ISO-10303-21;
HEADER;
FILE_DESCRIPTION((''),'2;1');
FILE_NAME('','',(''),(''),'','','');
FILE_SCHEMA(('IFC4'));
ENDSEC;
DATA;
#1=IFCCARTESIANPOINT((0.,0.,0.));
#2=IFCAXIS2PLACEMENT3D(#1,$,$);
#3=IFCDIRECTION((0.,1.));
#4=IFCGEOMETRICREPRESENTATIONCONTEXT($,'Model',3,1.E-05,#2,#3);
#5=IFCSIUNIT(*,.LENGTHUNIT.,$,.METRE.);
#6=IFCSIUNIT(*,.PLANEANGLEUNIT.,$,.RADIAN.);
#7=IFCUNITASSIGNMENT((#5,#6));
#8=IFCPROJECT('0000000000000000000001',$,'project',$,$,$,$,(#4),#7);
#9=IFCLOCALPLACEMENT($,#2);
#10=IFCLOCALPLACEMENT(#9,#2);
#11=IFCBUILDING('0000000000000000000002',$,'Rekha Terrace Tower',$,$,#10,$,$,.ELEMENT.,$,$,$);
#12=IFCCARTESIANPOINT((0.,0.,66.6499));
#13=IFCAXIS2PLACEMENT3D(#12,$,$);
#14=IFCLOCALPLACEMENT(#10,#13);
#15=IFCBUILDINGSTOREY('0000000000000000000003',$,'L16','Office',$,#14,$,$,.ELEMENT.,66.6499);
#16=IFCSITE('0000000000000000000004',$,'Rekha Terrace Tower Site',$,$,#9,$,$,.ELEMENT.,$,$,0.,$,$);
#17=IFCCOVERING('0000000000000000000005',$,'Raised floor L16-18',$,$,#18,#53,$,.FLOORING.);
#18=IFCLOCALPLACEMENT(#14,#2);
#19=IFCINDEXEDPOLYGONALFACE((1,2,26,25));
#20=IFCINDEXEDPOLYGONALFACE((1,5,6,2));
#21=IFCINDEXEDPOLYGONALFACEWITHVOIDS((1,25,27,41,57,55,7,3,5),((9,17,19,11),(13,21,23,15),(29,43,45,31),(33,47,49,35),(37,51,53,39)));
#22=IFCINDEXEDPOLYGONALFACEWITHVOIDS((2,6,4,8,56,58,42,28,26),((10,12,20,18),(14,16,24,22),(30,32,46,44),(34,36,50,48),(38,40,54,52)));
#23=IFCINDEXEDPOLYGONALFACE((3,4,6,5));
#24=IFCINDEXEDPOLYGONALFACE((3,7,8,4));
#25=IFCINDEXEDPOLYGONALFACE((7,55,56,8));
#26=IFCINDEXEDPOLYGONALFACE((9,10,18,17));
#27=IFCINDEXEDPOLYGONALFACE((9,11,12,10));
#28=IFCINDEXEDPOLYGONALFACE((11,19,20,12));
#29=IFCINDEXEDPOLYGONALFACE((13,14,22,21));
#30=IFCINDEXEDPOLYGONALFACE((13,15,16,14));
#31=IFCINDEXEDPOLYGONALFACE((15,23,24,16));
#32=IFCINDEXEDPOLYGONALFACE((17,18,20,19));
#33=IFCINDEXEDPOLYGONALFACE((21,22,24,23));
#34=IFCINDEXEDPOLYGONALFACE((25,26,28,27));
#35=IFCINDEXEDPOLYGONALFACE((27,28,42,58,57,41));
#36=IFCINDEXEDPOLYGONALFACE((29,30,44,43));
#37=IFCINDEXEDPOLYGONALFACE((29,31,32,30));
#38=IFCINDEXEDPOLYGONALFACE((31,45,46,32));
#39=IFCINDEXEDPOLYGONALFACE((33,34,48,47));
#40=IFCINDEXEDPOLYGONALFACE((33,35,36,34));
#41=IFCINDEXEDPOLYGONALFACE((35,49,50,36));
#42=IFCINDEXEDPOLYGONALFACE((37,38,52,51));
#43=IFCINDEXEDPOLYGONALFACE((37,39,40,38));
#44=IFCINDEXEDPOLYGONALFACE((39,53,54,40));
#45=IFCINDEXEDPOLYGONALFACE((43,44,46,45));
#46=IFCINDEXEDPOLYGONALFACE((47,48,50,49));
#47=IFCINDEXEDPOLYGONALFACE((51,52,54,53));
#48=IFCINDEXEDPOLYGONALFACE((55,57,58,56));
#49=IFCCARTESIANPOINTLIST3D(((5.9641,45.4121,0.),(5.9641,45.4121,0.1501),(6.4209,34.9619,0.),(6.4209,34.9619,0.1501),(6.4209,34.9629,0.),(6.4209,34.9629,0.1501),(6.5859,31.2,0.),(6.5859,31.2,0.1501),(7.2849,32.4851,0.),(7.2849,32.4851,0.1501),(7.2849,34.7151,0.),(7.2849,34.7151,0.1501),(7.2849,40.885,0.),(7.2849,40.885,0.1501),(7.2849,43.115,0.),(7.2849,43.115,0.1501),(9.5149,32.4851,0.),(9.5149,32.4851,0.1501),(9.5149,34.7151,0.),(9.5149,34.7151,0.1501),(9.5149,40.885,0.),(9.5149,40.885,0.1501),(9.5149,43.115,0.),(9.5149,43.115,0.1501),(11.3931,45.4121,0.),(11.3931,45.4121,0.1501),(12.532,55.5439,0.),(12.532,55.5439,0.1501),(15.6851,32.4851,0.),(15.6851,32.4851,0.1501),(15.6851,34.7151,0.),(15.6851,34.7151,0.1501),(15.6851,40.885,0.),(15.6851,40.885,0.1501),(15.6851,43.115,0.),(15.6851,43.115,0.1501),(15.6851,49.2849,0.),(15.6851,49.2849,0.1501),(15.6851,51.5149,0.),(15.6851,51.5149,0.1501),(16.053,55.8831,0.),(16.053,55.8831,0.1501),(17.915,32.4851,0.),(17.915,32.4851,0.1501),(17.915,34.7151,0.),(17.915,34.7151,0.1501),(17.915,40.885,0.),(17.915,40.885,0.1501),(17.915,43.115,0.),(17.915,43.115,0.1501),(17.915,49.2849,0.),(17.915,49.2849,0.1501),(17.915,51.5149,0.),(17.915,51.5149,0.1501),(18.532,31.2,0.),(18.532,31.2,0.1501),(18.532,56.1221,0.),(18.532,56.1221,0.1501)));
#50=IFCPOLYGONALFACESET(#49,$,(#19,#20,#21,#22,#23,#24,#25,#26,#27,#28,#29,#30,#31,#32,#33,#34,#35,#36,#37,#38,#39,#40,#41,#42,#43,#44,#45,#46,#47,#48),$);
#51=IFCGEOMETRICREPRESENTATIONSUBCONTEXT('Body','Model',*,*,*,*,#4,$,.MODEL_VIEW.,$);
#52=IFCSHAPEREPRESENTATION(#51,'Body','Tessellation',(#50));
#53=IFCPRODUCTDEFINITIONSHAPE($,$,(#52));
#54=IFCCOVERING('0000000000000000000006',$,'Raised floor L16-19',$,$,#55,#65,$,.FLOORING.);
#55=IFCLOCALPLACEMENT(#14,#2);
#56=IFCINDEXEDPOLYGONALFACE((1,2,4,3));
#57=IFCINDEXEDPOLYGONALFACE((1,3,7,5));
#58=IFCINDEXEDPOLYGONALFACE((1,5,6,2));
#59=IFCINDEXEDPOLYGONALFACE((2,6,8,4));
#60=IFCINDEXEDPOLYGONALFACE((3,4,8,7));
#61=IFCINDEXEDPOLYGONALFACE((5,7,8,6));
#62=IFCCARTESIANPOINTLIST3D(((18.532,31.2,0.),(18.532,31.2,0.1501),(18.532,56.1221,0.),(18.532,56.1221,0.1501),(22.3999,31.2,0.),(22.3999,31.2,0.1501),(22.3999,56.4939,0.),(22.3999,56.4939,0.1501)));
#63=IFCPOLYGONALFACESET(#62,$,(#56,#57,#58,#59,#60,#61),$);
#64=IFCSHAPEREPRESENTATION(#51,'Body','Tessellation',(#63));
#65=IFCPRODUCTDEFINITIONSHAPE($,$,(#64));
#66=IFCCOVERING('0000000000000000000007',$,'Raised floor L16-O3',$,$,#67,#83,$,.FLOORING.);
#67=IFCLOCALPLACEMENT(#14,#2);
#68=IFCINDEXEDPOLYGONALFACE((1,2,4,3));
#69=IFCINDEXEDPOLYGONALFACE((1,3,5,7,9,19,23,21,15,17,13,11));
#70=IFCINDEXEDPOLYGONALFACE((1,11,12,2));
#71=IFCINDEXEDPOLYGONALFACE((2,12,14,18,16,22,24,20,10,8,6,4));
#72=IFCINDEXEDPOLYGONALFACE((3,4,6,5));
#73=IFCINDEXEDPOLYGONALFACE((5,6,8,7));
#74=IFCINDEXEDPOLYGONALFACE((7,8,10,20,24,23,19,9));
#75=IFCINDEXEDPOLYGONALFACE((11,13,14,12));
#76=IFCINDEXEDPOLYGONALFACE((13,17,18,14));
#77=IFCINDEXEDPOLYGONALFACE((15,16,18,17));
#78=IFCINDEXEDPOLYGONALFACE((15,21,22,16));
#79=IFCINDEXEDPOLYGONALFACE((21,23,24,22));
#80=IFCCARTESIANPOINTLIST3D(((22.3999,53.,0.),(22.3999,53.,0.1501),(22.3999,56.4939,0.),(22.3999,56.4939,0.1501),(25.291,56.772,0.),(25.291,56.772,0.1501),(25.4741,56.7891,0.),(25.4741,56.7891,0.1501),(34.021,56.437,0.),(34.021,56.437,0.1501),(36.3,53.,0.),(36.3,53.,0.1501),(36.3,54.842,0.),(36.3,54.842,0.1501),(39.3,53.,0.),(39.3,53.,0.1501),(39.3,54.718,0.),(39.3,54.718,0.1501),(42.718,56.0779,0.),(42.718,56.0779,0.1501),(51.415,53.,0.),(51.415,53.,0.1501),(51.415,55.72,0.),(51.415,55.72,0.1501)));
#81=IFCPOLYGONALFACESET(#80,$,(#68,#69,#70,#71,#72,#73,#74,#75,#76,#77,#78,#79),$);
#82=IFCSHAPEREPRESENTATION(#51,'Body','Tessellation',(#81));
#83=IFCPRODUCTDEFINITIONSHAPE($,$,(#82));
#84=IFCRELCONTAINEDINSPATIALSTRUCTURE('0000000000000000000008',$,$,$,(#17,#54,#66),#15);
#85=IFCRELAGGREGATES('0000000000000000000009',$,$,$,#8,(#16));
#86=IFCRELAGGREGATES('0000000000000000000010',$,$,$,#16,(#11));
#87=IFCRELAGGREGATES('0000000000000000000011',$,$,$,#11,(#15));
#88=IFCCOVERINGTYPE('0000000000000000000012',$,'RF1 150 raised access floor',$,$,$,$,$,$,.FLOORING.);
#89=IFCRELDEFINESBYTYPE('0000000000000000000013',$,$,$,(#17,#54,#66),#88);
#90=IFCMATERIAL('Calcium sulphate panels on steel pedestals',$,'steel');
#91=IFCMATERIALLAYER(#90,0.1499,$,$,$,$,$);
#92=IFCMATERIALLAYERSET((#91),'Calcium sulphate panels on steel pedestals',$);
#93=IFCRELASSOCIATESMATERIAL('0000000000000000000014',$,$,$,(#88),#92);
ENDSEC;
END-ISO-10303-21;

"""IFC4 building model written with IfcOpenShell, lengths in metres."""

from ifc_helpers import new_model, si_unit, direction, frame, origin, place, context, subcontext, project, spatial, polyline, outline, extrude, material, layer, layer_set, type_object, element, save


model = new_model("IFC4")

# Units and contexts
model_context = context("Model", 3, precision=1e-05, world=origin(), true_north=direction((0.0, 1.0)))
body_context = subcontext(model_context, "Body", "Model", "MODEL_VIEW")
ifc_project = project(units=[si_unit("LENGTHUNIT", "METRE"), si_unit("PLANEANGLEUNIT", "RADIAN")], contexts=[model_context])

# Site, building, storey
site_placement = place(None, origin())
site = spatial("IfcSite", under=ifc_project, at=site_placement, Name="Rekha Terrace Tower Site", CompositionType="ELEMENT", RefElevation=0.0)
building_placement = place(site_placement, origin())
building = spatial("IfcBuilding", under=site, at=building_placement, Name="Rekha Terrace Tower", CompositionType="ELEMENT")
storey_placement = place(building_placement, frame((0.0, 0.0, 66.6499)))
storey = spatial("IfcBuildingStorey", under=building, at=storey_placement, Name="L16", Description="Office", CompositionType="ELEMENT", Elevation=66.6499)

# Coverings
ifc_material_1 = material(Name="Calcium sulphate panels on steel pedestals", Category="steel")
ifc_layer_1 = layer(ifc_material_1, 0.1499)
ifc_layer_set_1 = layer_set([ifc_layer_1], Name="Calcium sulphate panels on steel pedestals")
covering_type_1 = type_object("IfcCoveringType", Name="RF1 150 raised access floor", PredefinedType="FLOORING", material=ifc_layer_set_1)
covering_1_placement = place(storey_placement, origin())
element("IfcCovering", 1, at=covering_1_placement, inside=storey, type_object=covering_type_1, Name="Raised floor L16-18", PredefinedType="FLOORING", context=body_context, shape_type="SweptSolid", body=[
    extrude(outline(polyline([(11.3931, 45.4121), (5.9641, 45.4121), (6.4209, 34.9629), (6.4209, 34.9619), (6.5859, 31.2), (18.532, 31.2), (18.532, 56.1221), (16.053, 55.8831), (12.532, 55.5439), (11.3931, 45.4121)]), holes=[polyline([(17.915, 32.4851), (15.6851, 32.4851), (15.6851, 34.7151), (17.915, 34.7151), (17.915, 32.4851)]), polyline([(17.915, 40.885), (15.6851, 40.885), (15.6851, 43.115), (17.915, 43.115), (17.915, 40.885)]), polyline([(17.915, 49.2849), (15.6851, 49.2849), (15.6851, 51.5149), (17.915, 51.5149), (17.915, 49.2849)]), polyline([(9.5149, 32.4851), (7.2849, 32.4851), (7.2849, 34.7151), (9.5149, 34.7151), (9.5149, 32.4851)]), polyline([(9.5149, 40.885), (7.2849, 40.885), (7.2849, 43.115), (9.5149, 43.115), (9.5149, 40.885)])]), origin(), (0.0, 0.0, 1.0), 0.1501),
])
covering_2_placement = place(storey_placement, origin())
element("IfcCovering", 2, at=covering_2_placement, inside=storey, type_object=covering_type_1, Name="Raised floor L16-19", PredefinedType="FLOORING", context=body_context, shape_type="SweptSolid", body=[
    extrude(outline(polyline([(18.532, 31.2), (22.3999, 31.2), (22.3999, 56.4939), (18.532, 56.1221), (18.532, 31.2)])), origin(), (0.0, 0.0, 1.0), 0.1501),
])
covering_3_placement = place(storey_placement, origin())
element("IfcCovering", 3, at=covering_3_placement, inside=storey, type_object=covering_type_1, Name="Raised floor L16-O3", PredefinedType="FLOORING", context=body_context, shape_type="SweptSolid", body=[
    extrude(outline(polyline([(25.4741, 56.7891), (25.291, 56.772), (22.3999, 56.4939), (22.3999, 53.0), (36.3, 53.0), (36.3, 54.842), (39.3, 54.718), (39.3, 53.0), (51.415, 53.0), (51.415, 55.72), (42.718, 56.0779), (34.021, 56.437), (25.4741, 56.7891)])), origin(), (0.0, 0.0, 1.0), 0.1501),
])

save(model, "model.ifc")
